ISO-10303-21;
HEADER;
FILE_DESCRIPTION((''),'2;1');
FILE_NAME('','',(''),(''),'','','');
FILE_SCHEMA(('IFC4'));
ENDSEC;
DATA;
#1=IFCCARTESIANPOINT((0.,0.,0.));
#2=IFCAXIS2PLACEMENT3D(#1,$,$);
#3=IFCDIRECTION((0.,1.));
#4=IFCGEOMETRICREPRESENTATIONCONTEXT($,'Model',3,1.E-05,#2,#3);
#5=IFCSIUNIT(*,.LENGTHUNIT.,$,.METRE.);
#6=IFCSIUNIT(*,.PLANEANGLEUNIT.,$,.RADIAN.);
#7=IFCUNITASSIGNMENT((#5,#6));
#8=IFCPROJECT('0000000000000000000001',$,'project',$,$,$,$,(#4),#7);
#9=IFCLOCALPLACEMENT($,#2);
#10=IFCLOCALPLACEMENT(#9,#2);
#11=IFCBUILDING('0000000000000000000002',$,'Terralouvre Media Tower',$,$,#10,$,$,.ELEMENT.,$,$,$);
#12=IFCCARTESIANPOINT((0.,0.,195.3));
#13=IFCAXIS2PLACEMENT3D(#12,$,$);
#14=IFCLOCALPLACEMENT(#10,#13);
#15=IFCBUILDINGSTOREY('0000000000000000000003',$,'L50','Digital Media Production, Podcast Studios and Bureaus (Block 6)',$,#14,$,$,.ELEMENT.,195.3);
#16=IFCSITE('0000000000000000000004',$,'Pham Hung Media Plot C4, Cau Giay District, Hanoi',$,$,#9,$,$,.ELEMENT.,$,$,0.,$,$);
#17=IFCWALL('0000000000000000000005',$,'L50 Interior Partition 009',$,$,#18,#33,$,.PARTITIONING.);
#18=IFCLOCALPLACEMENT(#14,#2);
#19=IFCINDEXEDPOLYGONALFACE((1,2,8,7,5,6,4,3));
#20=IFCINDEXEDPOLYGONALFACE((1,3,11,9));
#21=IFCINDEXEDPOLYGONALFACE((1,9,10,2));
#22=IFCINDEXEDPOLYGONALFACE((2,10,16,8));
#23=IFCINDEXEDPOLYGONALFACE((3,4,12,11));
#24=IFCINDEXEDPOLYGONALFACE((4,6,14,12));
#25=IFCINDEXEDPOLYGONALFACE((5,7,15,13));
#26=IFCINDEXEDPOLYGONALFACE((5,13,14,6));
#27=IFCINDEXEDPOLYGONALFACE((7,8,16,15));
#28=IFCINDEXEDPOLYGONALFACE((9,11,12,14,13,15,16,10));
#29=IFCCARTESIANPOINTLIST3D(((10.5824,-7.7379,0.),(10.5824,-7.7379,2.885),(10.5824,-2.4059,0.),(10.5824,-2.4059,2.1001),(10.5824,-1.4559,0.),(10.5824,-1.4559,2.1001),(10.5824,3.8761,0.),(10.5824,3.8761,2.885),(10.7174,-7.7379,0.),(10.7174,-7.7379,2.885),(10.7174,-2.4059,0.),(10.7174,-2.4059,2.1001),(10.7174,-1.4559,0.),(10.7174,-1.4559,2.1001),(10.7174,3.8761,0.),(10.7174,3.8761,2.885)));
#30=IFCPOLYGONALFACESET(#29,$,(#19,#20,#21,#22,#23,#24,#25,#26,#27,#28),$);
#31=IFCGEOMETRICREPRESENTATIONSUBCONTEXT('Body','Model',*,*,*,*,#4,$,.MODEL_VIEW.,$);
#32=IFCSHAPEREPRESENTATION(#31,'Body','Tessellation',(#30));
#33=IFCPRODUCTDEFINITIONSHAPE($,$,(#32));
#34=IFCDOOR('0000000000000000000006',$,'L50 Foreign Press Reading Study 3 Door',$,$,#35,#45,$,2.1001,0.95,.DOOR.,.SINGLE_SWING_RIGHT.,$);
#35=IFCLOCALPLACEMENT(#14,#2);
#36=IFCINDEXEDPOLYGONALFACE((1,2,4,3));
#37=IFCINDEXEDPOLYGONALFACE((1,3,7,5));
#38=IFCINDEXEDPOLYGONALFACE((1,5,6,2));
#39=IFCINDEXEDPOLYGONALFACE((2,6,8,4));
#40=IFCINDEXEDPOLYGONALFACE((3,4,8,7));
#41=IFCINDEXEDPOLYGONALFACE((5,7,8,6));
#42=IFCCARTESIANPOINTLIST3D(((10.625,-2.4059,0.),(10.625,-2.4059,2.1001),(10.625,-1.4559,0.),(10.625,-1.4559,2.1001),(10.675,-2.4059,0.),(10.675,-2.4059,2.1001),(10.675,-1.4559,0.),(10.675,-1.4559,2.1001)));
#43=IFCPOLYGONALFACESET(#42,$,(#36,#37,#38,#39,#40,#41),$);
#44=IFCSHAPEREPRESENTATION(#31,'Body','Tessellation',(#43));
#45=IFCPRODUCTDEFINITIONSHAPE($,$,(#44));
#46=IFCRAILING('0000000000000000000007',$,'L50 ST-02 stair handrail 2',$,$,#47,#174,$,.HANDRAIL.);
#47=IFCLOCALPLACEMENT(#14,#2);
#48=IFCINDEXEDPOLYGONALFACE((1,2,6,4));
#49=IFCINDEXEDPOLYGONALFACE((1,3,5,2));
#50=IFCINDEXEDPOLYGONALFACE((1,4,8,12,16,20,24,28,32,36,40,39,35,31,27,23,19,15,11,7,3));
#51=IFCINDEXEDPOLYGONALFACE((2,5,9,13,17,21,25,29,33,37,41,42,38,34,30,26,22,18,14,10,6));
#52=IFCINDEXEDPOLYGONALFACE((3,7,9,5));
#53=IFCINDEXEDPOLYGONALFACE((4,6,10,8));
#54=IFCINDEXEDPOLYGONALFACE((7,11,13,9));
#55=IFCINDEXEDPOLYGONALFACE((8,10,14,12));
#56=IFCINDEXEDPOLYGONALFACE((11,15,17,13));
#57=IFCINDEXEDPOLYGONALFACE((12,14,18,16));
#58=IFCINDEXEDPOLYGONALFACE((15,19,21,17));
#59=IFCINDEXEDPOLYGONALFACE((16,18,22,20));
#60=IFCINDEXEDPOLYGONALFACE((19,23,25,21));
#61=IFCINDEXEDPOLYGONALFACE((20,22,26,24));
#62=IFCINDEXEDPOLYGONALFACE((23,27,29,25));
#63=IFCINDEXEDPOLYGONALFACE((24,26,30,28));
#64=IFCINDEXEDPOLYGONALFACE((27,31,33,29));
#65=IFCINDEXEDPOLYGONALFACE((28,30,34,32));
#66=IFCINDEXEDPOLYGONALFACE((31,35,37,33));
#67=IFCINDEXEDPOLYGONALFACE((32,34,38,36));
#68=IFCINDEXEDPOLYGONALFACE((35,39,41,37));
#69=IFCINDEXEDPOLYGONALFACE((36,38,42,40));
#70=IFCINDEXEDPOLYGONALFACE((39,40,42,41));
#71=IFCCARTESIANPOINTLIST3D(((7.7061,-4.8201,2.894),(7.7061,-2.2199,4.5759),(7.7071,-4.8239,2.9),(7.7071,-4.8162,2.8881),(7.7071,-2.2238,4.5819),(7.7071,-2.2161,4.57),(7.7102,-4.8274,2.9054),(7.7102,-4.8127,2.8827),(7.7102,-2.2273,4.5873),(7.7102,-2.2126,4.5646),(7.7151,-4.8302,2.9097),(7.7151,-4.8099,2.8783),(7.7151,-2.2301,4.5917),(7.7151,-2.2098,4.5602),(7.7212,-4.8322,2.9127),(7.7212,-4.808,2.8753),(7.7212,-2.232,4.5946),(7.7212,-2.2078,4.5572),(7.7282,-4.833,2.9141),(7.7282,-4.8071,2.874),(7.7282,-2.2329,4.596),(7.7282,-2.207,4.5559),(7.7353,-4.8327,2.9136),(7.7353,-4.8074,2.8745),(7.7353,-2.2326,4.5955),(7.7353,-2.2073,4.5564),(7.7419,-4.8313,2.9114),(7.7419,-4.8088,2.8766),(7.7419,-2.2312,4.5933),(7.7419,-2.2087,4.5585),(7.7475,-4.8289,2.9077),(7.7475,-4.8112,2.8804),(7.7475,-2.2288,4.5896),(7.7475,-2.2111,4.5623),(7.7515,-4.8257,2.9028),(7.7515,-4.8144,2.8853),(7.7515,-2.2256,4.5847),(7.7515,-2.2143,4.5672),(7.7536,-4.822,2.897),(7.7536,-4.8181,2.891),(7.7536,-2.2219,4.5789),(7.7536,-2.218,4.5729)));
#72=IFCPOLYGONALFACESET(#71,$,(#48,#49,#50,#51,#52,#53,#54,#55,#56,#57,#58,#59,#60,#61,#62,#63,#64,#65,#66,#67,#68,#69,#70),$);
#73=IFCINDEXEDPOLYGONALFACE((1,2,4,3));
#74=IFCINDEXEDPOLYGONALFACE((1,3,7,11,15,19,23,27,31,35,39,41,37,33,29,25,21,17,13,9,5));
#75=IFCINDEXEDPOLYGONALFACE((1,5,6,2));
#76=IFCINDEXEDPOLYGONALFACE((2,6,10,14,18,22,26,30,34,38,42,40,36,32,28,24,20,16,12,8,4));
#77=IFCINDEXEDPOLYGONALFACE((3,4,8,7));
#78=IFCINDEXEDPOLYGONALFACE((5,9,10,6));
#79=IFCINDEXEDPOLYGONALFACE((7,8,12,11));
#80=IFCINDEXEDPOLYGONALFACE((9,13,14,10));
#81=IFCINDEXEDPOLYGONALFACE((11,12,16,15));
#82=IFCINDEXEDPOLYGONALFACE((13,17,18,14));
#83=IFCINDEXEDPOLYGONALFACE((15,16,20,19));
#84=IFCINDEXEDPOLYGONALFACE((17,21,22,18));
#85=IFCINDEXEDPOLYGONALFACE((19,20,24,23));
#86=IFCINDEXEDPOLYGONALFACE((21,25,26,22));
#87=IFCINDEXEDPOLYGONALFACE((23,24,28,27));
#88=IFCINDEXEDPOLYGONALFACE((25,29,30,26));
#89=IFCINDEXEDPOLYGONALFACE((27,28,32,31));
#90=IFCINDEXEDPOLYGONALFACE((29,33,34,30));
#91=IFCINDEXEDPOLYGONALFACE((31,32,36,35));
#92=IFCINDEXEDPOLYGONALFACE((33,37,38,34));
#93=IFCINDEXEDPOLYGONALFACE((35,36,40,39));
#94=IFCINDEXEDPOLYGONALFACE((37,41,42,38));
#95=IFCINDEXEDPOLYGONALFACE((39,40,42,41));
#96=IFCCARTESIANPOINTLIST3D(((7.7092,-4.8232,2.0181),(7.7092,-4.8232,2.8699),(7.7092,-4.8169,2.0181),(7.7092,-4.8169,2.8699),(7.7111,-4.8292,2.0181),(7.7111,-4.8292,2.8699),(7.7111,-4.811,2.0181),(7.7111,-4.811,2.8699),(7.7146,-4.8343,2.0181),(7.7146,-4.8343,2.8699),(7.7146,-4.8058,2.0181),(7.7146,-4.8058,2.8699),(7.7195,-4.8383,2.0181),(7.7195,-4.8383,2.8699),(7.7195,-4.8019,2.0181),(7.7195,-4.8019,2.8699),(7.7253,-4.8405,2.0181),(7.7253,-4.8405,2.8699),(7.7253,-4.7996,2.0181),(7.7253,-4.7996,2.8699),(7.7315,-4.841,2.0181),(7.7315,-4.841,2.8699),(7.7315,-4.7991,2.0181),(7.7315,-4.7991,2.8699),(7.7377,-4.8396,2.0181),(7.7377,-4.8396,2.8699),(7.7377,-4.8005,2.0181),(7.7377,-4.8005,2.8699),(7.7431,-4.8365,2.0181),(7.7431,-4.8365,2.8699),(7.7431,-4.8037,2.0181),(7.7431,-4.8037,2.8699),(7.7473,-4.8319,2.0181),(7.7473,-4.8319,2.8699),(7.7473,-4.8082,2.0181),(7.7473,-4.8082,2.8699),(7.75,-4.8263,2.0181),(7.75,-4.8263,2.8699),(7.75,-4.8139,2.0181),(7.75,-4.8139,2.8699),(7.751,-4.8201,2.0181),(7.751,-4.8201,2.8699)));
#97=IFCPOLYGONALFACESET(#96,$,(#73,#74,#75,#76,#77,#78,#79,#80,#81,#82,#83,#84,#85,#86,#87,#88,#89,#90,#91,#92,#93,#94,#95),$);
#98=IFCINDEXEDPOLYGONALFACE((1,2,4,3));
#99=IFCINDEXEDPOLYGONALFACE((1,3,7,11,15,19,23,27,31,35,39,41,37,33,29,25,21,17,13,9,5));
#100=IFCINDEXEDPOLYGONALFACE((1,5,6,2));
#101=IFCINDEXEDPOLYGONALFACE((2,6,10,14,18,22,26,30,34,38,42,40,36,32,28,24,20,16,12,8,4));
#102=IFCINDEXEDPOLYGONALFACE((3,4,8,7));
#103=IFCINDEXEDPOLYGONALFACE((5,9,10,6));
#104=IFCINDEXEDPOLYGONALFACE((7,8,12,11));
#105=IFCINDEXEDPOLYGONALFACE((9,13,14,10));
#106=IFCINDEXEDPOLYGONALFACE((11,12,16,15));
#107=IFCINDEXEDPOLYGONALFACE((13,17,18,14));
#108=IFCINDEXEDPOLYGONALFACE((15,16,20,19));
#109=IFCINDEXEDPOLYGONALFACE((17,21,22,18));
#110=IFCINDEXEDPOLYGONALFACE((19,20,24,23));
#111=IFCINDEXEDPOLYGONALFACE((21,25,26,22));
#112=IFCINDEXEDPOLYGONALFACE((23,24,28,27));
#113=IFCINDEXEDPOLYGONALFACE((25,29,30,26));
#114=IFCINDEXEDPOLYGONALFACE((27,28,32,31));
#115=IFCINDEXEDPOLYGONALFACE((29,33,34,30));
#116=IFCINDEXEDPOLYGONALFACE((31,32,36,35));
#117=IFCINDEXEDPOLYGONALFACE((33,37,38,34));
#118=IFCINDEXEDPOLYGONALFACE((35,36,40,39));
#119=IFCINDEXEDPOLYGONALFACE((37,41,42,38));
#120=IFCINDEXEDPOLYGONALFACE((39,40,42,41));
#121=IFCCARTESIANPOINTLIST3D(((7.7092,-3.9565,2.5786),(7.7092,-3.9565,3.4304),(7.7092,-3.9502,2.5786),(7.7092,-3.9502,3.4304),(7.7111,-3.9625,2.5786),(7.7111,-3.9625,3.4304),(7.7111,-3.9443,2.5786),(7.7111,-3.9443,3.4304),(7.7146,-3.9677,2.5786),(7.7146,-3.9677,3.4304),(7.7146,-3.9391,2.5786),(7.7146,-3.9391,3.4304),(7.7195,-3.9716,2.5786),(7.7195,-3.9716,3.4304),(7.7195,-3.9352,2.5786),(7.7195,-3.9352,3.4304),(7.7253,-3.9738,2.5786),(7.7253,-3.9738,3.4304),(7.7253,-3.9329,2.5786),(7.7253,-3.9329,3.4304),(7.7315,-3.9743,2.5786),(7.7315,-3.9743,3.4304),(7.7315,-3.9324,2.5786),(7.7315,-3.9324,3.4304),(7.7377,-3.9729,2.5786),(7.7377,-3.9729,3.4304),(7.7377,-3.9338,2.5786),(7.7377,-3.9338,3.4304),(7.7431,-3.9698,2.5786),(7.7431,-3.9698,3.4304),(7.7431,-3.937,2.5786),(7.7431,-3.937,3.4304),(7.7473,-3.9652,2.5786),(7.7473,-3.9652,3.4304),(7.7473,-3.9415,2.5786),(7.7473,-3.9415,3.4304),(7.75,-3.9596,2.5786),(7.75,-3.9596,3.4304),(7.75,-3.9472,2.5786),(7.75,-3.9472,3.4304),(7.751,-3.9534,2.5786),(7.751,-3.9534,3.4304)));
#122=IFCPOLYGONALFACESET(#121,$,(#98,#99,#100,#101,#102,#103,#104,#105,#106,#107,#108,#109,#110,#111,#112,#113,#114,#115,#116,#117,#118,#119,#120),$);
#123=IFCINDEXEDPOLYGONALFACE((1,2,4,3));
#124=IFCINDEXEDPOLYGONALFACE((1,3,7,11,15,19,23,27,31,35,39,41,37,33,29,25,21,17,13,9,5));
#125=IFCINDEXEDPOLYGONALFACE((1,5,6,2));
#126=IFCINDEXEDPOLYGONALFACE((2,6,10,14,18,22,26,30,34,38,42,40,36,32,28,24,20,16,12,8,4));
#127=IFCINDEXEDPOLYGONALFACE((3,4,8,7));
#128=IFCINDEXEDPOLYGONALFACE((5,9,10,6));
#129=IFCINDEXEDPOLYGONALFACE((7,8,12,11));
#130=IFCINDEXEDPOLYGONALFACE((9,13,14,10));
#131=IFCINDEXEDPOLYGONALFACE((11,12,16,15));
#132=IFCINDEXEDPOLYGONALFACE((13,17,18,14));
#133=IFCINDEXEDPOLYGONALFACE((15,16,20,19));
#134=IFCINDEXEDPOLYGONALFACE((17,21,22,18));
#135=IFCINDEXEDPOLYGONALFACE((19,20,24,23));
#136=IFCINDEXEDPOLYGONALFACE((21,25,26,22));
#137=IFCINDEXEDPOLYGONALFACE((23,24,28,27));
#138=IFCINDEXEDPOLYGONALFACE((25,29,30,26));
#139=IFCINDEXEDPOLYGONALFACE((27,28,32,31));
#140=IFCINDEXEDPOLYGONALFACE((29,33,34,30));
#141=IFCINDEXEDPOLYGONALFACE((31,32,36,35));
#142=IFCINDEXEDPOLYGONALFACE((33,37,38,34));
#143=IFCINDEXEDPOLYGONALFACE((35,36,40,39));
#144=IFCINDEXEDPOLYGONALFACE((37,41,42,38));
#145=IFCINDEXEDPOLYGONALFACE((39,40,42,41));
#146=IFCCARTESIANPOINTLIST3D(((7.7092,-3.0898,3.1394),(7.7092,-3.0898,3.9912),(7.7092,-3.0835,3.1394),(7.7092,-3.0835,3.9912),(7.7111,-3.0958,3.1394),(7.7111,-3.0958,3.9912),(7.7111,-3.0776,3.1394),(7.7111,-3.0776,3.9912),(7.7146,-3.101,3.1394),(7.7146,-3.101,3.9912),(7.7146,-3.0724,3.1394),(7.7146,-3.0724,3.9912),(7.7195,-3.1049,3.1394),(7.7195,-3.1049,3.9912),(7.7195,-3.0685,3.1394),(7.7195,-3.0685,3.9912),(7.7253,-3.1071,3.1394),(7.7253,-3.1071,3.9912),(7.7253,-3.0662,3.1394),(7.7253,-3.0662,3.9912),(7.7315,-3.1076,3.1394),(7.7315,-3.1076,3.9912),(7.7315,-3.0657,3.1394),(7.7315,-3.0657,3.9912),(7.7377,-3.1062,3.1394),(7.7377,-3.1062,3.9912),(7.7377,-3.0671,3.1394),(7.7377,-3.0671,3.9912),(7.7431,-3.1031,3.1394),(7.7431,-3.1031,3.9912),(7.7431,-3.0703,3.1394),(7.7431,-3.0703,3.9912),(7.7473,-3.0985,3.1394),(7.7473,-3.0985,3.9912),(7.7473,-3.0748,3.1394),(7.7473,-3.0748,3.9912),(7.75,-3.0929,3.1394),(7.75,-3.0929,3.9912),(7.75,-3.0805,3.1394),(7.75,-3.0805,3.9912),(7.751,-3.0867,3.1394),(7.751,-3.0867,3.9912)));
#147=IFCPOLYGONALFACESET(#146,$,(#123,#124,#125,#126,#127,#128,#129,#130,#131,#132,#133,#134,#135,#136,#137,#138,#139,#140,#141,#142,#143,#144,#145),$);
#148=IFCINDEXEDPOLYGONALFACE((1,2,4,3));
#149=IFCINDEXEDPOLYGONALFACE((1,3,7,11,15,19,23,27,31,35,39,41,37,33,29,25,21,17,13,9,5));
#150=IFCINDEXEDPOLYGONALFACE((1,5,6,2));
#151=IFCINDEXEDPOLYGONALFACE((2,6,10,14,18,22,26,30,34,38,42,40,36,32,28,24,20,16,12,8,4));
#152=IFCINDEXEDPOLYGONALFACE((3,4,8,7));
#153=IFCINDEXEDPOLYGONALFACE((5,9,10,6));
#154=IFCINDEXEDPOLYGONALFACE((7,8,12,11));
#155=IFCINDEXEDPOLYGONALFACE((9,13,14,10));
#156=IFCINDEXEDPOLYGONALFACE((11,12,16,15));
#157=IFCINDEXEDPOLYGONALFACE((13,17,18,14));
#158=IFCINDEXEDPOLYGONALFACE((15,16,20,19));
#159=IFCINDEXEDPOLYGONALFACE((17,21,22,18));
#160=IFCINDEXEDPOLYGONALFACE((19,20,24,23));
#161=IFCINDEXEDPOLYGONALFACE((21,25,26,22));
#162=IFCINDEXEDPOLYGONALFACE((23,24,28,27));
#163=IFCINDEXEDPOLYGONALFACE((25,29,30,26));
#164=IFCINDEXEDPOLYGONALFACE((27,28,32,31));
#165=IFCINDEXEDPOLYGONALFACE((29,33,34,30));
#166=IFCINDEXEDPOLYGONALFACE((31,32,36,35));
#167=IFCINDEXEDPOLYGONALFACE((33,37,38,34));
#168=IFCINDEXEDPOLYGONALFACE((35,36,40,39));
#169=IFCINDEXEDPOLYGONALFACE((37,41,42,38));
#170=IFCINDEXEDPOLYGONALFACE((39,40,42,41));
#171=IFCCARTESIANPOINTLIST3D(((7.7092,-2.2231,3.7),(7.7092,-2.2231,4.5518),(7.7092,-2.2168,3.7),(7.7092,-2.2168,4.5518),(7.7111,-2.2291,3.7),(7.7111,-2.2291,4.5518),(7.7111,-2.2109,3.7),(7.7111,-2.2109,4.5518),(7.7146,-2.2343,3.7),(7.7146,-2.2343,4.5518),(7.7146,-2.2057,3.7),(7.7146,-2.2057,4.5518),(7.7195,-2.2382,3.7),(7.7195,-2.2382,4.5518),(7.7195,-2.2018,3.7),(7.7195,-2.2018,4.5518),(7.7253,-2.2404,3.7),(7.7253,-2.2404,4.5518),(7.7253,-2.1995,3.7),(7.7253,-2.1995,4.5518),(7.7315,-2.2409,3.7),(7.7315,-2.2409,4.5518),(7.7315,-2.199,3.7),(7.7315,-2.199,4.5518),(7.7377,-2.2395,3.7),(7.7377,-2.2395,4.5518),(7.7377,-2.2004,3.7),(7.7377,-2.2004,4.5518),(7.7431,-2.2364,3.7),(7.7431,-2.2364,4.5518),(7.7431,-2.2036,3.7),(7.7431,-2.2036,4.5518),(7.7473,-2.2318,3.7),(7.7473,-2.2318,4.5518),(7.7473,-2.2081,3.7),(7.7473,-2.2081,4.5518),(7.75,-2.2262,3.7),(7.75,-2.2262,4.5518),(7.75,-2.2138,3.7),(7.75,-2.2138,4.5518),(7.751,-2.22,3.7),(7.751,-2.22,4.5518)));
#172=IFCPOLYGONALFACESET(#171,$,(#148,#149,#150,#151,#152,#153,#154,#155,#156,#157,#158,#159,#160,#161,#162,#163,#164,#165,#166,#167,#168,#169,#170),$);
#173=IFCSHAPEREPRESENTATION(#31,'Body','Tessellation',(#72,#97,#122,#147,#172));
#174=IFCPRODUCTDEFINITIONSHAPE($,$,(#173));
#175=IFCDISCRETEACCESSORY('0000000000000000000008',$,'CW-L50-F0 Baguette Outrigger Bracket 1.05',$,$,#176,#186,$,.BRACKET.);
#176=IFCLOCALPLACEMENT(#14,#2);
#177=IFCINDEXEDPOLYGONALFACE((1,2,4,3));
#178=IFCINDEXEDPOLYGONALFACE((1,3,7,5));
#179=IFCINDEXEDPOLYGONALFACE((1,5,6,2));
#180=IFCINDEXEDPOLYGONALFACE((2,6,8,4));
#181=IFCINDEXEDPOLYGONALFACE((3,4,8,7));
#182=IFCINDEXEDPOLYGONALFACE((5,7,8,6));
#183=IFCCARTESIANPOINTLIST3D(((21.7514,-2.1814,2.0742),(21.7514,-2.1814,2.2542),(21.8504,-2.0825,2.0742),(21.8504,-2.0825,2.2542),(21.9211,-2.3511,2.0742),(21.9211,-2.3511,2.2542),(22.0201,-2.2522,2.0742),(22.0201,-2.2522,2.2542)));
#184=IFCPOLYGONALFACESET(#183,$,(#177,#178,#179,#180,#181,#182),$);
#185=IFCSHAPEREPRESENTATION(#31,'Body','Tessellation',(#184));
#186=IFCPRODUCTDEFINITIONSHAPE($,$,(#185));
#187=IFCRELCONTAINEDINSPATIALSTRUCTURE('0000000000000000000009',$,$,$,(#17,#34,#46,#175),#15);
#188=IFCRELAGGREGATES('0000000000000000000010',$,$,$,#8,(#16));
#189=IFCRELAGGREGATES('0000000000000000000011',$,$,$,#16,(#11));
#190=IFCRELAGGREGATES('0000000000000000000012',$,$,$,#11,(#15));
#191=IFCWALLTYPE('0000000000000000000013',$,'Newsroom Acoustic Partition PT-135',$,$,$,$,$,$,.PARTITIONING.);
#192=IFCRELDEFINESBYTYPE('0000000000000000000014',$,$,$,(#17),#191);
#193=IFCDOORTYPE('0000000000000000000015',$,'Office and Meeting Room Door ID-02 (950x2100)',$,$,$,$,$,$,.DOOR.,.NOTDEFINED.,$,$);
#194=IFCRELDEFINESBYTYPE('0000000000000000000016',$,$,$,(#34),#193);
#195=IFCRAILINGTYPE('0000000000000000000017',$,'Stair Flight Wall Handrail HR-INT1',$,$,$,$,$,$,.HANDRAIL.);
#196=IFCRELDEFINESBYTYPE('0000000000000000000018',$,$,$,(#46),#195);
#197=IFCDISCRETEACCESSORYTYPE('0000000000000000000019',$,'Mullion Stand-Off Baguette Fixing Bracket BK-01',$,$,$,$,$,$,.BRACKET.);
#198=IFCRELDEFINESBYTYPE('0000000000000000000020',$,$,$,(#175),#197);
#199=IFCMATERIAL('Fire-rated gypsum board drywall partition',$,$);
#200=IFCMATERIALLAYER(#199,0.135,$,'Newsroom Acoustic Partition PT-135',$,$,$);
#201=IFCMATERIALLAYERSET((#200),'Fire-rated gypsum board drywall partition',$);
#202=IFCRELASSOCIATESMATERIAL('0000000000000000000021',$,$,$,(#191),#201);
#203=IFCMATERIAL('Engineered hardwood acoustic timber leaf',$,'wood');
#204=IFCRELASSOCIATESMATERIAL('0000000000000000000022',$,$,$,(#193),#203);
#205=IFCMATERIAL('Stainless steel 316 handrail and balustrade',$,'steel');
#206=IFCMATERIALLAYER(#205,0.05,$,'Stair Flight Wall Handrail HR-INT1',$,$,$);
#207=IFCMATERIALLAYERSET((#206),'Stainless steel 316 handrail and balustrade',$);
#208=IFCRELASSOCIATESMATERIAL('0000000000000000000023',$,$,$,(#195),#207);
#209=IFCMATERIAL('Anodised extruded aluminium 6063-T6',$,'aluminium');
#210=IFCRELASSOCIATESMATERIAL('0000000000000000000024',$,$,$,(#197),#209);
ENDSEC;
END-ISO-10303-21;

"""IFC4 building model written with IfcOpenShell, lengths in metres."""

from ifc_helpers import new_model, si_unit, direction, frame, frame_2d, origin, origin_2d, place, context, subcontext, project, spatial, rectangle, circle, extrude, material, layer, layer_set, type_object, element, fill, save


model = new_model("IFC4")

# Units and contexts
model_context = context("Model", 3, precision=1e-05, world=origin(), true_north=direction((0.0, 1.0)))
body_context = subcontext(model_context, "Body", "Model", "MODEL_VIEW")
ifc_project = project(units=[si_unit("LENGTHUNIT", "METRE"), si_unit("PLANEANGLEUNIT", "RADIAN")], contexts=[model_context])

# Site, building, storey
site_placement = place(None, origin())
site = spatial("IfcSite", under=ifc_project, at=site_placement, Name="Pham Hung Media Plot C4, Cau Giay District, Hanoi", CompositionType="ELEMENT", RefElevation=0.0)
building_placement = place(site_placement, origin())
building = spatial("IfcBuilding", under=site, at=building_placement, Name="Terralouvre Media Tower", CompositionType="ELEMENT")
storey_placement = place(building_placement, frame((0.0, 0.0, 195.3)))
storey = spatial("IfcBuildingStorey", under=building, at=storey_placement, Name="L50", Description="Digital Media Production, Podcast Studios and Bureaus (Block 6)", CompositionType="ELEMENT", Elevation=195.3)

# Wall, opening, door
ifc_material_1 = material(Name="Fire-rated gypsum board drywall partition")
ifc_layer_1 = layer(ifc_material_1, 0.135, Name="Newsroom Acoustic Partition PT-135")
ifc_layer_set_1 = layer_set([ifc_layer_1], Name="Fire-rated gypsum board drywall partition")
wall_type_1 = type_object("IfcWallType", Name="Newsroom Acoustic Partition PT-135", PredefinedType="PARTITIONING", material=ifc_layer_set_1)
wall_1_placement = place(storey_placement, frame((10.6499, -7.738, 0.0), z_axis=(0.0, 0.0, 1.0), x_axis=(0.0, 1.0, 0.0)))
wall_1 = element("IfcWall", 1, at=wall_1_placement, inside=storey, type_object=wall_type_1, Name="L50 Interior Partition 009", PredefinedType="PARTITIONING", context=body_context, shape_type="SweptSolid", body=[
    extrude(rectangle(XDim=11.614, YDim=0.135, at=frame_2d((5.8071, 0.0))), origin(), (0.0, 0.0, 1.0), 2.885),
])
opening_1_placement = place(wall_1_placement, frame((5.332, 0.0, 0.0)))
opening_1 = element("IfcOpeningElement", 2, at=opening_1_placement, cuts=wall_1, PredefinedType="OPENING", context=body_context, shape_type="SweptSolid", body=[
    extrude(rectangle(XDim=0.95, YDim=2.1001, at=frame_2d((0.4751, 1.05))), frame((0.0, 0.0774, 0.0), z_axis=(0.0, -1.0, 0.0), x_axis=(1.0, 0.0, 0.0)), (0.0, 0.0, 1.0), 0.155),
])
ifc_material_2 = material(Name="Engineered hardwood acoustic timber leaf", Category="wood")
door_type_1 = type_object("IfcDoorType", Name="Office and Meeting Room Door ID-02 (950x2100)", OperationType="NOTDEFINED", PredefinedType="DOOR", material=ifc_material_2)
door_1_placement = place(opening_1_placement, origin())
door_1 = element("IfcDoor", 3, at=door_1_placement, inside=storey, type_object=door_type_1, Name="L50 Foreign Press Reading Study 3 Door", OperationType="SINGLE_SWING_RIGHT", OverallHeight=2.1001, OverallWidth=0.95, PredefinedType="DOOR", context=body_context, shape_type="SweptSolid", body=[
    extrude(rectangle(XDim=0.95, YDim=2.1001, at=frame_2d((0.4751, 1.05))), frame((0.0, 0.0249, 0.0), z_axis=(0.0, -1.0, 0.0), x_axis=(1.0, 0.0, 0.0)), (0.0, 0.0, 1.0), 0.05),
])
fill(opening_1, door_1)

# Railing
ifc_material_3 = material(Name="Stainless steel 316 handrail and balustrade", Category="steel")
ifc_layer_2 = layer(ifc_material_3, 0.05, Name="Stair Flight Wall Handrail HR-INT1")
ifc_layer_set_2 = layer_set([ifc_layer_2], Name="Stainless steel 316 handrail and balustrade")
railing_type = type_object("IfcRailingType", Name="Stair Flight Wall Handrail HR-INT1", PredefinedType="HANDRAIL", material=ifc_layer_set_2)
railing_placement = place(storey_placement, frame((7.73, -4.8201, 2.0181)))
element("IfcRailing", 4, at=railing_placement, inside=storey, type_object=railing_type, Name="L50 ST-02 stair handrail 2", PredefinedType="HANDRAIL", context=body_context, shape_type="SweptSolid", body=[
    extrude(circle(Radius=0.0239, at=origin_2d()), frame((0.0, 0.0, 0.876), z_axis=(0.0, 0.839648, 0.54313), x_axis=(-1.0, 0.0, 0.0)), (0.0, 0.0, 1.0), 3.0967),
    extrude(circle(Radius=0.021, at=origin_2d()), origin(), (0.0, 0.0, 1.0), 0.8518),
    extrude(circle(Radius=0.021, at=origin_2d()), frame((0.0, 0.8667, 0.5605)), (0.0, 0.0, 1.0), 0.8518),
    extrude(circle(Radius=0.021, at=origin_2d()), frame((0.0, 1.7334, 1.1213)), (0.0, 0.0, 1.0), 0.8518),
    extrude(circle(Radius=0.021, at=origin_2d()), frame((0.0, 2.6001, 1.6819)), (0.0, 0.0, 1.0), 0.8518),
])

# Discrete accessory
ifc_material_4 = material(Name="Anodised extruded aluminium 6063-T6", Category="aluminium")
discrete_accessory_type = type_object("IfcDiscreteAccessoryType", Name="Mullion Stand-Off Baguette Fixing Bracket BK-01", PredefinedType="BRACKET", material=ifc_material_4)
discrete_accessory_placement = place(storey_placement, frame((21.8857, -2.2168, 2.0742), z_axis=(0.0, 0.0, 1.0), x_axis=(0.707107, 0.707107, 0.0)))
element("IfcDiscreteAccessory", 5, at=discrete_accessory_placement, inside=storey, type_object=discrete_accessory_type, Name="CW-L50-F0 Baguette Outrigger Bracket 1.05", PredefinedType="BRACKET", context=body_context, shape_type="SweptSolid", body=[
    extrude(rectangle(XDim=0.1399, YDim=0.24, at=origin_2d()), origin(), (0.0, 0.0, 1.0), 0.1799),
])

save(model, "model.ifc")
